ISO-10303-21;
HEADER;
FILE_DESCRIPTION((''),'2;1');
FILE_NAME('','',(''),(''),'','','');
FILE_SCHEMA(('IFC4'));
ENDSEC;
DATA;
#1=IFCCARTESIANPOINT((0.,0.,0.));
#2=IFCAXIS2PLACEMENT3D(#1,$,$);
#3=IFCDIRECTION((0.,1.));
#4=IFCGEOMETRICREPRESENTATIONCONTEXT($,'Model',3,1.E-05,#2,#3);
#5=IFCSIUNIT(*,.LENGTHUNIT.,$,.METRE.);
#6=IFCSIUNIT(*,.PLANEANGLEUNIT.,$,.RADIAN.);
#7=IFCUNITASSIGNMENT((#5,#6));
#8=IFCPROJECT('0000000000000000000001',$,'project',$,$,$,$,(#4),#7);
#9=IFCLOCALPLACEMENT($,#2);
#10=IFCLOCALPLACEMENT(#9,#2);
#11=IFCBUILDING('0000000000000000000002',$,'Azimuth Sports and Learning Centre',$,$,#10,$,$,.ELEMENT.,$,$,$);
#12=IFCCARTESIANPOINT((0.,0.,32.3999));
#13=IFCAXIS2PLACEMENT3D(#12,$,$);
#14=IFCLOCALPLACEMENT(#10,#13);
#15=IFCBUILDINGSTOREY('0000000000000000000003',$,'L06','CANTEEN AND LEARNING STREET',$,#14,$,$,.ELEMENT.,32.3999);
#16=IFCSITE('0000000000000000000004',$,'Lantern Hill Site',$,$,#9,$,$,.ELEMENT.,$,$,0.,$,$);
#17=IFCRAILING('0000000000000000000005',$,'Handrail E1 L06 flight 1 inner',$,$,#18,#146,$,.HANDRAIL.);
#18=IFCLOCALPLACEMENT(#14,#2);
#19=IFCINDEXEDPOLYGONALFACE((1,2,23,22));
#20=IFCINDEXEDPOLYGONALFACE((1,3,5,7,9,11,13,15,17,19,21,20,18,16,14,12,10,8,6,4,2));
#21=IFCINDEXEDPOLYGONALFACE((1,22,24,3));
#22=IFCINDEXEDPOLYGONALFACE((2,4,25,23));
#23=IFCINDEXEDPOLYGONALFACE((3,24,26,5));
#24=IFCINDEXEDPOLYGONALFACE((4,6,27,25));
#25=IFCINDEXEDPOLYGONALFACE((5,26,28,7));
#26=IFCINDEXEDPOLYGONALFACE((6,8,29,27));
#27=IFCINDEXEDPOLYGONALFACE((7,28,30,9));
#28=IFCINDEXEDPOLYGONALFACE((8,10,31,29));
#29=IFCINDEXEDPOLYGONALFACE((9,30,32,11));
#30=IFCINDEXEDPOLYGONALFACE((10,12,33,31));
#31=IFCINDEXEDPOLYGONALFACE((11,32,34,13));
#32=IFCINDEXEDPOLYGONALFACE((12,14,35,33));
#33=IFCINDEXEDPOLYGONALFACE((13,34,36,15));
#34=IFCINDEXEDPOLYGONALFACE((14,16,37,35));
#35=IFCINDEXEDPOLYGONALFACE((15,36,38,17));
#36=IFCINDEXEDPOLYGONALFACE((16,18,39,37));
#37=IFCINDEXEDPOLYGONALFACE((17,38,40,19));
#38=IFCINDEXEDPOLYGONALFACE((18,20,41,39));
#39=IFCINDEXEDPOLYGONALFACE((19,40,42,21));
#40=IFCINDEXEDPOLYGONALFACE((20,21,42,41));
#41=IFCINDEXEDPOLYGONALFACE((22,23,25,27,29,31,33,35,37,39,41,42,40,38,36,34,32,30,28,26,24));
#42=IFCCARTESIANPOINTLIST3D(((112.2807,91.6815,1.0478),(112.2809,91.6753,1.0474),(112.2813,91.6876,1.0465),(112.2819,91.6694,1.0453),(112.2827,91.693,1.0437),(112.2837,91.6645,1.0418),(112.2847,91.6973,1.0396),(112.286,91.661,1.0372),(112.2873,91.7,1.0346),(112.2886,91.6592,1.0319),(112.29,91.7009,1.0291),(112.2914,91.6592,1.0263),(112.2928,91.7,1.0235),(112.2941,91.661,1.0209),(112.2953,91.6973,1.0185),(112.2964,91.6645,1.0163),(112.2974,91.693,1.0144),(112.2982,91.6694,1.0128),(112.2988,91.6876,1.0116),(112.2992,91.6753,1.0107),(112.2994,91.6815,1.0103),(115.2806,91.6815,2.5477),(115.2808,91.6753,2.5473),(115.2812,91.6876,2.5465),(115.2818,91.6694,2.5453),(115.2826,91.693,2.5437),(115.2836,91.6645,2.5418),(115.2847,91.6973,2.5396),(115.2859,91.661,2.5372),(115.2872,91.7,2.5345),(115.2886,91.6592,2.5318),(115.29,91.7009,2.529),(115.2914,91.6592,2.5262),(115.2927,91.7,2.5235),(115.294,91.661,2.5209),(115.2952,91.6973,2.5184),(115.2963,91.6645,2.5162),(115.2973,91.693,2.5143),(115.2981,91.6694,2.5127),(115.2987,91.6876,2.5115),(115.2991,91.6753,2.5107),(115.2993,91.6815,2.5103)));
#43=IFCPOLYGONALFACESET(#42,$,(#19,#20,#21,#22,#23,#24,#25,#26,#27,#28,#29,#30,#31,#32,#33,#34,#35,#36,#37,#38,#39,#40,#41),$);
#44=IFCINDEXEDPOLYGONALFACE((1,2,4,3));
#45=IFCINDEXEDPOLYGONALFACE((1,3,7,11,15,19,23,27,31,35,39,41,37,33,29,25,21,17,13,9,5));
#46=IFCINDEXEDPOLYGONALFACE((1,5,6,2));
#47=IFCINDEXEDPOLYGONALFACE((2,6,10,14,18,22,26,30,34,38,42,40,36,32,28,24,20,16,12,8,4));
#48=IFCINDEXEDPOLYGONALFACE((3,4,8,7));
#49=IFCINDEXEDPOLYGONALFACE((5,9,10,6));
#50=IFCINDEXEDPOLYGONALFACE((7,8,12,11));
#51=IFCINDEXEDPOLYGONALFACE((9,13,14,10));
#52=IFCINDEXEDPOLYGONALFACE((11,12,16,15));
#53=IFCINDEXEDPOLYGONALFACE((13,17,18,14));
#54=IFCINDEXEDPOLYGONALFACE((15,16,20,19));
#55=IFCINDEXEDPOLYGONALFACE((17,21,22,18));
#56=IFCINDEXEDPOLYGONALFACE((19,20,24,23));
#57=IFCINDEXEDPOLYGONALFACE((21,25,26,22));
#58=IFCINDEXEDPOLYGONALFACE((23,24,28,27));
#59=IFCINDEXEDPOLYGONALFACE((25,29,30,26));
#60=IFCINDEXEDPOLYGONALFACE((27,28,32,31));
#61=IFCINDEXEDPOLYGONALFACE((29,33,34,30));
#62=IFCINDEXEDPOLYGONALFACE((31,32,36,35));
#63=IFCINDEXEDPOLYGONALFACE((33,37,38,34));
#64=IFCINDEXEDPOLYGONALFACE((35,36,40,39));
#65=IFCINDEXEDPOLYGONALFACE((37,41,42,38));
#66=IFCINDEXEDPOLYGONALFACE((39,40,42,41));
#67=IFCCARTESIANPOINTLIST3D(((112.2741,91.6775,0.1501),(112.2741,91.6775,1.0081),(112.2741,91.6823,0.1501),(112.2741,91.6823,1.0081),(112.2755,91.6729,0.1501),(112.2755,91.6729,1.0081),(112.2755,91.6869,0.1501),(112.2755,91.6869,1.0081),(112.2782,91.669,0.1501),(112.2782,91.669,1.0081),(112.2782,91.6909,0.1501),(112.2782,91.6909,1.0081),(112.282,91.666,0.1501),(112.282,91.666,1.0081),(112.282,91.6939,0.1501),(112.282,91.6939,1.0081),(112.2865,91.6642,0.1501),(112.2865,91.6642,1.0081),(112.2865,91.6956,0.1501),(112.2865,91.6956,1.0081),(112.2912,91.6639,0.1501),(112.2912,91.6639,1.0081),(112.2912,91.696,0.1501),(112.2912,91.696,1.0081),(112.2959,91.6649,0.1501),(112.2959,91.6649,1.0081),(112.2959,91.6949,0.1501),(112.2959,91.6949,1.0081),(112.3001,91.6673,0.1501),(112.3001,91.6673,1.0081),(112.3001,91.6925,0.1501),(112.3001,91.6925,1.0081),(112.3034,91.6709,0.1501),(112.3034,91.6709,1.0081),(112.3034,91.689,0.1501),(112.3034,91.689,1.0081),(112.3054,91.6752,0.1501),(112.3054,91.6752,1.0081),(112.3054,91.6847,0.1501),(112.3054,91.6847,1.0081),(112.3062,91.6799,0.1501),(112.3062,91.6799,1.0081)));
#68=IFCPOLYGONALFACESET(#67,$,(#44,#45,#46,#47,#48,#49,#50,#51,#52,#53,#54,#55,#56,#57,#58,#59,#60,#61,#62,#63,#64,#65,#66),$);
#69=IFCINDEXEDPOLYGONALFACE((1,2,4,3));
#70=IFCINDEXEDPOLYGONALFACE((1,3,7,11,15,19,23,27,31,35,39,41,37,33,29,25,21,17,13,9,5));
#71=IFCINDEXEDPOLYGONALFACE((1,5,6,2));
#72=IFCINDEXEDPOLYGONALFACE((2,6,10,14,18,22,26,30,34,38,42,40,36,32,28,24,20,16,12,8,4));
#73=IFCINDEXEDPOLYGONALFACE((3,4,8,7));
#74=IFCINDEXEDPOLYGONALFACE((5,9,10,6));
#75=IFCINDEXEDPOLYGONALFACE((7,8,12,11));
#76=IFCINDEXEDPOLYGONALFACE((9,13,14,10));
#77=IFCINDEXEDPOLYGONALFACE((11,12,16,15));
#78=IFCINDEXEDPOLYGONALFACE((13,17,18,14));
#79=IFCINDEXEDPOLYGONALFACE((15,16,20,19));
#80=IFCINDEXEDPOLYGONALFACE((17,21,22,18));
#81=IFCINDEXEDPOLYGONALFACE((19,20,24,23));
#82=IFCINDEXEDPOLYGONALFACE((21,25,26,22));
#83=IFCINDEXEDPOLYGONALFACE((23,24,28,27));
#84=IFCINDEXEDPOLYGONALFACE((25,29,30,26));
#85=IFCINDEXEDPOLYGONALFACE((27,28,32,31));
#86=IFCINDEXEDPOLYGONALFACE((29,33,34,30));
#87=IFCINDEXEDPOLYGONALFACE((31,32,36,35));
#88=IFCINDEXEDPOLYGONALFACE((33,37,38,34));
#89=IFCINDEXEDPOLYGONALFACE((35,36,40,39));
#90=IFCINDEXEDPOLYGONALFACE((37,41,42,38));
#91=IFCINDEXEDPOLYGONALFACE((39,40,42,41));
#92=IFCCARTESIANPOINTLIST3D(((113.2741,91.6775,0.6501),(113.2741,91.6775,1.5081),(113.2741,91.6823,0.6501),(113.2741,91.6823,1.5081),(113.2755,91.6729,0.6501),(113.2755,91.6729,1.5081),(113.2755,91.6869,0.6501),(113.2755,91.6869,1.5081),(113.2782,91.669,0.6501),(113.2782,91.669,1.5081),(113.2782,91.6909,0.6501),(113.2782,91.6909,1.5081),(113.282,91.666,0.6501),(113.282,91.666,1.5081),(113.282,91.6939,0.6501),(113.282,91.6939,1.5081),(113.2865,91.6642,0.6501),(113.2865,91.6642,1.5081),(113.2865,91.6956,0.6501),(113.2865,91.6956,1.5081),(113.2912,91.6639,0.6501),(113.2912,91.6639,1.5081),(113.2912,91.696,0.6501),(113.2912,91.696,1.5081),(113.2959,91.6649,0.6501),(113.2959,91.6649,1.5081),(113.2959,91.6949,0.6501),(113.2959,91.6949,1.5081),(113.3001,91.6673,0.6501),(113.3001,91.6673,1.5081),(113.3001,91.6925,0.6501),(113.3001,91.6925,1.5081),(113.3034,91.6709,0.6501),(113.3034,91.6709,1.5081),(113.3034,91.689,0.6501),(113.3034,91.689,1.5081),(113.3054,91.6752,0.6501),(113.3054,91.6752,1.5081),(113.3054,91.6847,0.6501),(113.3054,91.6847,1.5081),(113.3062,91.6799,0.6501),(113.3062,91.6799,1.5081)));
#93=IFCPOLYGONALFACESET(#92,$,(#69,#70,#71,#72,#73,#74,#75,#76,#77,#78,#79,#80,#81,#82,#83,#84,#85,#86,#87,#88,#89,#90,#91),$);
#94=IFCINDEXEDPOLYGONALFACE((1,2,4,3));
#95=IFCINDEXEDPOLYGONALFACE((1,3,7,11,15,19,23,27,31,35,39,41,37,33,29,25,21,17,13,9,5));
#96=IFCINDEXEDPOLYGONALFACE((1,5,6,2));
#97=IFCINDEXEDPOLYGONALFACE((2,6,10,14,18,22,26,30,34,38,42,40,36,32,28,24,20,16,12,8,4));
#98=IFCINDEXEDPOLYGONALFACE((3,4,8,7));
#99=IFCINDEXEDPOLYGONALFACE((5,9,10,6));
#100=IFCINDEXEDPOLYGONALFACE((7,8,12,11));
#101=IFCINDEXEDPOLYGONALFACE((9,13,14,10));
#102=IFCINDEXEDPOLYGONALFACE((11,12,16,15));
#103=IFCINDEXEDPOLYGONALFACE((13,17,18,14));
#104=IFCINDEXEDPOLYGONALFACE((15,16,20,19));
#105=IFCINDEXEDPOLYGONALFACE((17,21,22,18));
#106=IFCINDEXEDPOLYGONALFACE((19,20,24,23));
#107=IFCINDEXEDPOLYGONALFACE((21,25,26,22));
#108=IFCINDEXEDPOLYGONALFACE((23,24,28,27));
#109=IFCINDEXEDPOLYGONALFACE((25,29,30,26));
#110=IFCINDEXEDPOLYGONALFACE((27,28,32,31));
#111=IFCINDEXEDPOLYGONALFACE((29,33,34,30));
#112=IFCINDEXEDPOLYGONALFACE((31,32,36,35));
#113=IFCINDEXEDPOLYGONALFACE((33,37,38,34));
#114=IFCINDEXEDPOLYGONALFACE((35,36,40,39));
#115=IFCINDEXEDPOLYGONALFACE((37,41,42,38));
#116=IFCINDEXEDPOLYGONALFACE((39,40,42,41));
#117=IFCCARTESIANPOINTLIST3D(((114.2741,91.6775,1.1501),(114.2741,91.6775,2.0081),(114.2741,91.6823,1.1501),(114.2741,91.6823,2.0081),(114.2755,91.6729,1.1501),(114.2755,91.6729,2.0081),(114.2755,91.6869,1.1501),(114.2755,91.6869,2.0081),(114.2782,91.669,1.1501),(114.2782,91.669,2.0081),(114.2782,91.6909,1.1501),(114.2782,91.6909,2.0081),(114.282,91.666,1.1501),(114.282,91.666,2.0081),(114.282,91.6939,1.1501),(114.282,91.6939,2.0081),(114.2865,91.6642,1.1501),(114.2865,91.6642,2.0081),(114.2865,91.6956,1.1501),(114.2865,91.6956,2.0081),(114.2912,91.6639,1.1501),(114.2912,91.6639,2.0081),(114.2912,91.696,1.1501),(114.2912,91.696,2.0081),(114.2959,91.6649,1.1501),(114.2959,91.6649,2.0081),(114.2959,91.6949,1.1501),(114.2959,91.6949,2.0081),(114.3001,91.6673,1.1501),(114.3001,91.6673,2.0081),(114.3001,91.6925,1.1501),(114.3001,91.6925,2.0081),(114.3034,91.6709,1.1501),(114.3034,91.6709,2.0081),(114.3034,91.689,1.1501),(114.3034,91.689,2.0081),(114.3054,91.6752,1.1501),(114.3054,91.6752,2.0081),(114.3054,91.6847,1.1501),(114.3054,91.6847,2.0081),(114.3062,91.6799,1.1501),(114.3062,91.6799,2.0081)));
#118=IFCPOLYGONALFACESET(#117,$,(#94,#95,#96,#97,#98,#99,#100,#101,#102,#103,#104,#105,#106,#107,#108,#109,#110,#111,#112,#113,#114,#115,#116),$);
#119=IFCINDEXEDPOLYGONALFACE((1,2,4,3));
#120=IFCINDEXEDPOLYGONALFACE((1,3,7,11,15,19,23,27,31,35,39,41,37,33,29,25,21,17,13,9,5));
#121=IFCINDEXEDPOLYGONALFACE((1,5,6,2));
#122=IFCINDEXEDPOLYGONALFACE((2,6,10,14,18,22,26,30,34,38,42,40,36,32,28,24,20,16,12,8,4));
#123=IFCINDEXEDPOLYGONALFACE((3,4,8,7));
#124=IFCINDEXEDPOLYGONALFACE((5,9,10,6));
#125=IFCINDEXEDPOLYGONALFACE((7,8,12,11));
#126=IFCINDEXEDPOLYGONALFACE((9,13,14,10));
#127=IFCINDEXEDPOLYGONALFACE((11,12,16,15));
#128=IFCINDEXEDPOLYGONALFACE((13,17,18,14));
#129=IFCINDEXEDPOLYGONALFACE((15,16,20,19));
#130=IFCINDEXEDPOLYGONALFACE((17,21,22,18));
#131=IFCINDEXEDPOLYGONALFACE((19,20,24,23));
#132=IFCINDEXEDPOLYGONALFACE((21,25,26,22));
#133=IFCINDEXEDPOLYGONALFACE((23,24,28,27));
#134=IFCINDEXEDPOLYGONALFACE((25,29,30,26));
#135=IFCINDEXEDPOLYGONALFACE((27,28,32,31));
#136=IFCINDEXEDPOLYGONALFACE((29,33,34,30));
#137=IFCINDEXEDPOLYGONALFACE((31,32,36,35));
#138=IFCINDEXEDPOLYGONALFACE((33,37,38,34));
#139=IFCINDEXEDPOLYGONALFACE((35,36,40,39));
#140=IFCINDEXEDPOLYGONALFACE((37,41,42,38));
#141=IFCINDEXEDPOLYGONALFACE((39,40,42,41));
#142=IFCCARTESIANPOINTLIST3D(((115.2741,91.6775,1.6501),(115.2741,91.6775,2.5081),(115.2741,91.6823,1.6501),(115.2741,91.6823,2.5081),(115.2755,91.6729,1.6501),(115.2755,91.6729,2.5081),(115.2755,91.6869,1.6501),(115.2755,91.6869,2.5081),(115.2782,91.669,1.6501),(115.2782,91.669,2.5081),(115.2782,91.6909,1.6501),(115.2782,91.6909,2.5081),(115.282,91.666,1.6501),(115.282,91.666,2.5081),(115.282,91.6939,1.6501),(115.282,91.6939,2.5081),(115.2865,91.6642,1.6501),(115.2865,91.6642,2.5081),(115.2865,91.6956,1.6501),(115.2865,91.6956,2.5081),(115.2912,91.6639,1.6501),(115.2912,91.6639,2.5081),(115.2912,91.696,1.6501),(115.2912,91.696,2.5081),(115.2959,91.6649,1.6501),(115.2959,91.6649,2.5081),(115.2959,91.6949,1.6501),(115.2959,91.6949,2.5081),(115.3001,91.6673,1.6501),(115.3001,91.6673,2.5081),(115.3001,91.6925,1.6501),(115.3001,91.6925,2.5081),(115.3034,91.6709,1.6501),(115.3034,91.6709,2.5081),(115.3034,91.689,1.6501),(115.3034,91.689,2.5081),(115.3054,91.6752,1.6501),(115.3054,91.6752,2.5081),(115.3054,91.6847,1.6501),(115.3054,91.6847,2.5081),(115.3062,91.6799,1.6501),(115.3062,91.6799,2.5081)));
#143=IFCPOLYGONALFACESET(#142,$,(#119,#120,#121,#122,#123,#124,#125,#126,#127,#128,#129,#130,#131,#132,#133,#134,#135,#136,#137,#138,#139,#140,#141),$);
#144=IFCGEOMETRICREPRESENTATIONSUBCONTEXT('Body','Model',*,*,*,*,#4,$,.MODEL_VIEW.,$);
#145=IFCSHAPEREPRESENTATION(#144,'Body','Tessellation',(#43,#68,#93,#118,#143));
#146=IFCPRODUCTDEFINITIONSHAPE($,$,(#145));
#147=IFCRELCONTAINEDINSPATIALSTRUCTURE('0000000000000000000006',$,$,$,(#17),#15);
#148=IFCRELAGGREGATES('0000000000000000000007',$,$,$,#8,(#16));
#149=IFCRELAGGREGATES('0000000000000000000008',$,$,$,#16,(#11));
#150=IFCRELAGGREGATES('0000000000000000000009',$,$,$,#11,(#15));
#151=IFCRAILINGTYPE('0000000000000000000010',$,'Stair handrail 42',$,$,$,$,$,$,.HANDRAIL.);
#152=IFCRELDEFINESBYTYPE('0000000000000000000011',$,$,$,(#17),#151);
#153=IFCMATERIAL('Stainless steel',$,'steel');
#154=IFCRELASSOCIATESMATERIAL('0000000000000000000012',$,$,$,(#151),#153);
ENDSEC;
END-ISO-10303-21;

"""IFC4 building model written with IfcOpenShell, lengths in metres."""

from ifc_helpers import new_model, si_unit, direction, frame, origin, origin_2d, place, context, subcontext, project, spatial, circle, extrude, material, type_object, element, save


model = new_model("IFC4")

# Units and contexts
model_context = context("Model", 3, precision=1e-05, world=origin(), true_north=direction((0.0, 1.0)))
body_context = subcontext(model_context, "Body", "Model", "MODEL_VIEW")
ifc_project = project(units=[si_unit("LENGTHUNIT", "METRE"), si_unit("PLANEANGLEUNIT", "RADIAN")], contexts=[model_context])

# Site, building, storey
site_placement = place(None, origin())
site = spatial("IfcSite", under=ifc_project, at=site_placement, Name="Lantern Hill Site", CompositionType="ELEMENT", RefElevation=0.0)
building_placement = place(site_placement, origin())
building = spatial("IfcBuilding", under=site, at=building_placement, Name="Azimuth Sports and Learning Centre", CompositionType="ELEMENT")
storey_placement = place(building_placement, frame((0.0, 0.0, 32.3999)))
storey = spatial("IfcBuildingStorey", under=building, at=storey_placement, Name="L06", Description="CANTEEN AND LEARNING STREET", CompositionType="ELEMENT", Elevation=32.3999)

# Railing
ifc_material_1 = material(Name="Stainless steel", Category="steel")
railing_type_1 = type_object("IfcRailingType", Name="Stair handrail 42", PredefinedType="HANDRAIL", material=ifc_material_1)
for number, where, name in (
    (1, (112.29, 91.6799, 0.1501), "Handrail E1 L06 flight 1 inner"),
):
    element("IfcRailing", number, at=place(storey_placement, frame(where)), inside=storey, type_object=railing_type_1, Name=name, PredefinedType="HANDRAIL", context=body_context, shape_type="SweptSolid", body=[
        extrude(circle(Radius=0.021, at=origin_2d()), frame((0.0, 0.0, 0.8789), z_axis=(0.894427, 0.0, 0.447214), x_axis=(0.0, 1.0, 0.0)), (0.0, 0.0, 1.0), 3.354),
        extrude(circle(Radius=0.0161, at=origin_2d()), origin(), (0.0, 0.0, 1.0), 0.8579),
        extrude(circle(Radius=0.0161, at=origin_2d()), frame((1.0, 0.0, 0.5)), (0.0, 0.0, 1.0), 0.8579),
        extrude(circle(Radius=0.0161, at=origin_2d()), frame((2.0, 0.0, 1.0)), (0.0, 0.0, 1.0), 0.8579),
        extrude(circle(Radius=0.0161, at=origin_2d()), frame((3.0, 0.0, 1.5)), (0.0, 0.0, 1.0), 0.8579),
    ])

save(model, "model.ifc")
